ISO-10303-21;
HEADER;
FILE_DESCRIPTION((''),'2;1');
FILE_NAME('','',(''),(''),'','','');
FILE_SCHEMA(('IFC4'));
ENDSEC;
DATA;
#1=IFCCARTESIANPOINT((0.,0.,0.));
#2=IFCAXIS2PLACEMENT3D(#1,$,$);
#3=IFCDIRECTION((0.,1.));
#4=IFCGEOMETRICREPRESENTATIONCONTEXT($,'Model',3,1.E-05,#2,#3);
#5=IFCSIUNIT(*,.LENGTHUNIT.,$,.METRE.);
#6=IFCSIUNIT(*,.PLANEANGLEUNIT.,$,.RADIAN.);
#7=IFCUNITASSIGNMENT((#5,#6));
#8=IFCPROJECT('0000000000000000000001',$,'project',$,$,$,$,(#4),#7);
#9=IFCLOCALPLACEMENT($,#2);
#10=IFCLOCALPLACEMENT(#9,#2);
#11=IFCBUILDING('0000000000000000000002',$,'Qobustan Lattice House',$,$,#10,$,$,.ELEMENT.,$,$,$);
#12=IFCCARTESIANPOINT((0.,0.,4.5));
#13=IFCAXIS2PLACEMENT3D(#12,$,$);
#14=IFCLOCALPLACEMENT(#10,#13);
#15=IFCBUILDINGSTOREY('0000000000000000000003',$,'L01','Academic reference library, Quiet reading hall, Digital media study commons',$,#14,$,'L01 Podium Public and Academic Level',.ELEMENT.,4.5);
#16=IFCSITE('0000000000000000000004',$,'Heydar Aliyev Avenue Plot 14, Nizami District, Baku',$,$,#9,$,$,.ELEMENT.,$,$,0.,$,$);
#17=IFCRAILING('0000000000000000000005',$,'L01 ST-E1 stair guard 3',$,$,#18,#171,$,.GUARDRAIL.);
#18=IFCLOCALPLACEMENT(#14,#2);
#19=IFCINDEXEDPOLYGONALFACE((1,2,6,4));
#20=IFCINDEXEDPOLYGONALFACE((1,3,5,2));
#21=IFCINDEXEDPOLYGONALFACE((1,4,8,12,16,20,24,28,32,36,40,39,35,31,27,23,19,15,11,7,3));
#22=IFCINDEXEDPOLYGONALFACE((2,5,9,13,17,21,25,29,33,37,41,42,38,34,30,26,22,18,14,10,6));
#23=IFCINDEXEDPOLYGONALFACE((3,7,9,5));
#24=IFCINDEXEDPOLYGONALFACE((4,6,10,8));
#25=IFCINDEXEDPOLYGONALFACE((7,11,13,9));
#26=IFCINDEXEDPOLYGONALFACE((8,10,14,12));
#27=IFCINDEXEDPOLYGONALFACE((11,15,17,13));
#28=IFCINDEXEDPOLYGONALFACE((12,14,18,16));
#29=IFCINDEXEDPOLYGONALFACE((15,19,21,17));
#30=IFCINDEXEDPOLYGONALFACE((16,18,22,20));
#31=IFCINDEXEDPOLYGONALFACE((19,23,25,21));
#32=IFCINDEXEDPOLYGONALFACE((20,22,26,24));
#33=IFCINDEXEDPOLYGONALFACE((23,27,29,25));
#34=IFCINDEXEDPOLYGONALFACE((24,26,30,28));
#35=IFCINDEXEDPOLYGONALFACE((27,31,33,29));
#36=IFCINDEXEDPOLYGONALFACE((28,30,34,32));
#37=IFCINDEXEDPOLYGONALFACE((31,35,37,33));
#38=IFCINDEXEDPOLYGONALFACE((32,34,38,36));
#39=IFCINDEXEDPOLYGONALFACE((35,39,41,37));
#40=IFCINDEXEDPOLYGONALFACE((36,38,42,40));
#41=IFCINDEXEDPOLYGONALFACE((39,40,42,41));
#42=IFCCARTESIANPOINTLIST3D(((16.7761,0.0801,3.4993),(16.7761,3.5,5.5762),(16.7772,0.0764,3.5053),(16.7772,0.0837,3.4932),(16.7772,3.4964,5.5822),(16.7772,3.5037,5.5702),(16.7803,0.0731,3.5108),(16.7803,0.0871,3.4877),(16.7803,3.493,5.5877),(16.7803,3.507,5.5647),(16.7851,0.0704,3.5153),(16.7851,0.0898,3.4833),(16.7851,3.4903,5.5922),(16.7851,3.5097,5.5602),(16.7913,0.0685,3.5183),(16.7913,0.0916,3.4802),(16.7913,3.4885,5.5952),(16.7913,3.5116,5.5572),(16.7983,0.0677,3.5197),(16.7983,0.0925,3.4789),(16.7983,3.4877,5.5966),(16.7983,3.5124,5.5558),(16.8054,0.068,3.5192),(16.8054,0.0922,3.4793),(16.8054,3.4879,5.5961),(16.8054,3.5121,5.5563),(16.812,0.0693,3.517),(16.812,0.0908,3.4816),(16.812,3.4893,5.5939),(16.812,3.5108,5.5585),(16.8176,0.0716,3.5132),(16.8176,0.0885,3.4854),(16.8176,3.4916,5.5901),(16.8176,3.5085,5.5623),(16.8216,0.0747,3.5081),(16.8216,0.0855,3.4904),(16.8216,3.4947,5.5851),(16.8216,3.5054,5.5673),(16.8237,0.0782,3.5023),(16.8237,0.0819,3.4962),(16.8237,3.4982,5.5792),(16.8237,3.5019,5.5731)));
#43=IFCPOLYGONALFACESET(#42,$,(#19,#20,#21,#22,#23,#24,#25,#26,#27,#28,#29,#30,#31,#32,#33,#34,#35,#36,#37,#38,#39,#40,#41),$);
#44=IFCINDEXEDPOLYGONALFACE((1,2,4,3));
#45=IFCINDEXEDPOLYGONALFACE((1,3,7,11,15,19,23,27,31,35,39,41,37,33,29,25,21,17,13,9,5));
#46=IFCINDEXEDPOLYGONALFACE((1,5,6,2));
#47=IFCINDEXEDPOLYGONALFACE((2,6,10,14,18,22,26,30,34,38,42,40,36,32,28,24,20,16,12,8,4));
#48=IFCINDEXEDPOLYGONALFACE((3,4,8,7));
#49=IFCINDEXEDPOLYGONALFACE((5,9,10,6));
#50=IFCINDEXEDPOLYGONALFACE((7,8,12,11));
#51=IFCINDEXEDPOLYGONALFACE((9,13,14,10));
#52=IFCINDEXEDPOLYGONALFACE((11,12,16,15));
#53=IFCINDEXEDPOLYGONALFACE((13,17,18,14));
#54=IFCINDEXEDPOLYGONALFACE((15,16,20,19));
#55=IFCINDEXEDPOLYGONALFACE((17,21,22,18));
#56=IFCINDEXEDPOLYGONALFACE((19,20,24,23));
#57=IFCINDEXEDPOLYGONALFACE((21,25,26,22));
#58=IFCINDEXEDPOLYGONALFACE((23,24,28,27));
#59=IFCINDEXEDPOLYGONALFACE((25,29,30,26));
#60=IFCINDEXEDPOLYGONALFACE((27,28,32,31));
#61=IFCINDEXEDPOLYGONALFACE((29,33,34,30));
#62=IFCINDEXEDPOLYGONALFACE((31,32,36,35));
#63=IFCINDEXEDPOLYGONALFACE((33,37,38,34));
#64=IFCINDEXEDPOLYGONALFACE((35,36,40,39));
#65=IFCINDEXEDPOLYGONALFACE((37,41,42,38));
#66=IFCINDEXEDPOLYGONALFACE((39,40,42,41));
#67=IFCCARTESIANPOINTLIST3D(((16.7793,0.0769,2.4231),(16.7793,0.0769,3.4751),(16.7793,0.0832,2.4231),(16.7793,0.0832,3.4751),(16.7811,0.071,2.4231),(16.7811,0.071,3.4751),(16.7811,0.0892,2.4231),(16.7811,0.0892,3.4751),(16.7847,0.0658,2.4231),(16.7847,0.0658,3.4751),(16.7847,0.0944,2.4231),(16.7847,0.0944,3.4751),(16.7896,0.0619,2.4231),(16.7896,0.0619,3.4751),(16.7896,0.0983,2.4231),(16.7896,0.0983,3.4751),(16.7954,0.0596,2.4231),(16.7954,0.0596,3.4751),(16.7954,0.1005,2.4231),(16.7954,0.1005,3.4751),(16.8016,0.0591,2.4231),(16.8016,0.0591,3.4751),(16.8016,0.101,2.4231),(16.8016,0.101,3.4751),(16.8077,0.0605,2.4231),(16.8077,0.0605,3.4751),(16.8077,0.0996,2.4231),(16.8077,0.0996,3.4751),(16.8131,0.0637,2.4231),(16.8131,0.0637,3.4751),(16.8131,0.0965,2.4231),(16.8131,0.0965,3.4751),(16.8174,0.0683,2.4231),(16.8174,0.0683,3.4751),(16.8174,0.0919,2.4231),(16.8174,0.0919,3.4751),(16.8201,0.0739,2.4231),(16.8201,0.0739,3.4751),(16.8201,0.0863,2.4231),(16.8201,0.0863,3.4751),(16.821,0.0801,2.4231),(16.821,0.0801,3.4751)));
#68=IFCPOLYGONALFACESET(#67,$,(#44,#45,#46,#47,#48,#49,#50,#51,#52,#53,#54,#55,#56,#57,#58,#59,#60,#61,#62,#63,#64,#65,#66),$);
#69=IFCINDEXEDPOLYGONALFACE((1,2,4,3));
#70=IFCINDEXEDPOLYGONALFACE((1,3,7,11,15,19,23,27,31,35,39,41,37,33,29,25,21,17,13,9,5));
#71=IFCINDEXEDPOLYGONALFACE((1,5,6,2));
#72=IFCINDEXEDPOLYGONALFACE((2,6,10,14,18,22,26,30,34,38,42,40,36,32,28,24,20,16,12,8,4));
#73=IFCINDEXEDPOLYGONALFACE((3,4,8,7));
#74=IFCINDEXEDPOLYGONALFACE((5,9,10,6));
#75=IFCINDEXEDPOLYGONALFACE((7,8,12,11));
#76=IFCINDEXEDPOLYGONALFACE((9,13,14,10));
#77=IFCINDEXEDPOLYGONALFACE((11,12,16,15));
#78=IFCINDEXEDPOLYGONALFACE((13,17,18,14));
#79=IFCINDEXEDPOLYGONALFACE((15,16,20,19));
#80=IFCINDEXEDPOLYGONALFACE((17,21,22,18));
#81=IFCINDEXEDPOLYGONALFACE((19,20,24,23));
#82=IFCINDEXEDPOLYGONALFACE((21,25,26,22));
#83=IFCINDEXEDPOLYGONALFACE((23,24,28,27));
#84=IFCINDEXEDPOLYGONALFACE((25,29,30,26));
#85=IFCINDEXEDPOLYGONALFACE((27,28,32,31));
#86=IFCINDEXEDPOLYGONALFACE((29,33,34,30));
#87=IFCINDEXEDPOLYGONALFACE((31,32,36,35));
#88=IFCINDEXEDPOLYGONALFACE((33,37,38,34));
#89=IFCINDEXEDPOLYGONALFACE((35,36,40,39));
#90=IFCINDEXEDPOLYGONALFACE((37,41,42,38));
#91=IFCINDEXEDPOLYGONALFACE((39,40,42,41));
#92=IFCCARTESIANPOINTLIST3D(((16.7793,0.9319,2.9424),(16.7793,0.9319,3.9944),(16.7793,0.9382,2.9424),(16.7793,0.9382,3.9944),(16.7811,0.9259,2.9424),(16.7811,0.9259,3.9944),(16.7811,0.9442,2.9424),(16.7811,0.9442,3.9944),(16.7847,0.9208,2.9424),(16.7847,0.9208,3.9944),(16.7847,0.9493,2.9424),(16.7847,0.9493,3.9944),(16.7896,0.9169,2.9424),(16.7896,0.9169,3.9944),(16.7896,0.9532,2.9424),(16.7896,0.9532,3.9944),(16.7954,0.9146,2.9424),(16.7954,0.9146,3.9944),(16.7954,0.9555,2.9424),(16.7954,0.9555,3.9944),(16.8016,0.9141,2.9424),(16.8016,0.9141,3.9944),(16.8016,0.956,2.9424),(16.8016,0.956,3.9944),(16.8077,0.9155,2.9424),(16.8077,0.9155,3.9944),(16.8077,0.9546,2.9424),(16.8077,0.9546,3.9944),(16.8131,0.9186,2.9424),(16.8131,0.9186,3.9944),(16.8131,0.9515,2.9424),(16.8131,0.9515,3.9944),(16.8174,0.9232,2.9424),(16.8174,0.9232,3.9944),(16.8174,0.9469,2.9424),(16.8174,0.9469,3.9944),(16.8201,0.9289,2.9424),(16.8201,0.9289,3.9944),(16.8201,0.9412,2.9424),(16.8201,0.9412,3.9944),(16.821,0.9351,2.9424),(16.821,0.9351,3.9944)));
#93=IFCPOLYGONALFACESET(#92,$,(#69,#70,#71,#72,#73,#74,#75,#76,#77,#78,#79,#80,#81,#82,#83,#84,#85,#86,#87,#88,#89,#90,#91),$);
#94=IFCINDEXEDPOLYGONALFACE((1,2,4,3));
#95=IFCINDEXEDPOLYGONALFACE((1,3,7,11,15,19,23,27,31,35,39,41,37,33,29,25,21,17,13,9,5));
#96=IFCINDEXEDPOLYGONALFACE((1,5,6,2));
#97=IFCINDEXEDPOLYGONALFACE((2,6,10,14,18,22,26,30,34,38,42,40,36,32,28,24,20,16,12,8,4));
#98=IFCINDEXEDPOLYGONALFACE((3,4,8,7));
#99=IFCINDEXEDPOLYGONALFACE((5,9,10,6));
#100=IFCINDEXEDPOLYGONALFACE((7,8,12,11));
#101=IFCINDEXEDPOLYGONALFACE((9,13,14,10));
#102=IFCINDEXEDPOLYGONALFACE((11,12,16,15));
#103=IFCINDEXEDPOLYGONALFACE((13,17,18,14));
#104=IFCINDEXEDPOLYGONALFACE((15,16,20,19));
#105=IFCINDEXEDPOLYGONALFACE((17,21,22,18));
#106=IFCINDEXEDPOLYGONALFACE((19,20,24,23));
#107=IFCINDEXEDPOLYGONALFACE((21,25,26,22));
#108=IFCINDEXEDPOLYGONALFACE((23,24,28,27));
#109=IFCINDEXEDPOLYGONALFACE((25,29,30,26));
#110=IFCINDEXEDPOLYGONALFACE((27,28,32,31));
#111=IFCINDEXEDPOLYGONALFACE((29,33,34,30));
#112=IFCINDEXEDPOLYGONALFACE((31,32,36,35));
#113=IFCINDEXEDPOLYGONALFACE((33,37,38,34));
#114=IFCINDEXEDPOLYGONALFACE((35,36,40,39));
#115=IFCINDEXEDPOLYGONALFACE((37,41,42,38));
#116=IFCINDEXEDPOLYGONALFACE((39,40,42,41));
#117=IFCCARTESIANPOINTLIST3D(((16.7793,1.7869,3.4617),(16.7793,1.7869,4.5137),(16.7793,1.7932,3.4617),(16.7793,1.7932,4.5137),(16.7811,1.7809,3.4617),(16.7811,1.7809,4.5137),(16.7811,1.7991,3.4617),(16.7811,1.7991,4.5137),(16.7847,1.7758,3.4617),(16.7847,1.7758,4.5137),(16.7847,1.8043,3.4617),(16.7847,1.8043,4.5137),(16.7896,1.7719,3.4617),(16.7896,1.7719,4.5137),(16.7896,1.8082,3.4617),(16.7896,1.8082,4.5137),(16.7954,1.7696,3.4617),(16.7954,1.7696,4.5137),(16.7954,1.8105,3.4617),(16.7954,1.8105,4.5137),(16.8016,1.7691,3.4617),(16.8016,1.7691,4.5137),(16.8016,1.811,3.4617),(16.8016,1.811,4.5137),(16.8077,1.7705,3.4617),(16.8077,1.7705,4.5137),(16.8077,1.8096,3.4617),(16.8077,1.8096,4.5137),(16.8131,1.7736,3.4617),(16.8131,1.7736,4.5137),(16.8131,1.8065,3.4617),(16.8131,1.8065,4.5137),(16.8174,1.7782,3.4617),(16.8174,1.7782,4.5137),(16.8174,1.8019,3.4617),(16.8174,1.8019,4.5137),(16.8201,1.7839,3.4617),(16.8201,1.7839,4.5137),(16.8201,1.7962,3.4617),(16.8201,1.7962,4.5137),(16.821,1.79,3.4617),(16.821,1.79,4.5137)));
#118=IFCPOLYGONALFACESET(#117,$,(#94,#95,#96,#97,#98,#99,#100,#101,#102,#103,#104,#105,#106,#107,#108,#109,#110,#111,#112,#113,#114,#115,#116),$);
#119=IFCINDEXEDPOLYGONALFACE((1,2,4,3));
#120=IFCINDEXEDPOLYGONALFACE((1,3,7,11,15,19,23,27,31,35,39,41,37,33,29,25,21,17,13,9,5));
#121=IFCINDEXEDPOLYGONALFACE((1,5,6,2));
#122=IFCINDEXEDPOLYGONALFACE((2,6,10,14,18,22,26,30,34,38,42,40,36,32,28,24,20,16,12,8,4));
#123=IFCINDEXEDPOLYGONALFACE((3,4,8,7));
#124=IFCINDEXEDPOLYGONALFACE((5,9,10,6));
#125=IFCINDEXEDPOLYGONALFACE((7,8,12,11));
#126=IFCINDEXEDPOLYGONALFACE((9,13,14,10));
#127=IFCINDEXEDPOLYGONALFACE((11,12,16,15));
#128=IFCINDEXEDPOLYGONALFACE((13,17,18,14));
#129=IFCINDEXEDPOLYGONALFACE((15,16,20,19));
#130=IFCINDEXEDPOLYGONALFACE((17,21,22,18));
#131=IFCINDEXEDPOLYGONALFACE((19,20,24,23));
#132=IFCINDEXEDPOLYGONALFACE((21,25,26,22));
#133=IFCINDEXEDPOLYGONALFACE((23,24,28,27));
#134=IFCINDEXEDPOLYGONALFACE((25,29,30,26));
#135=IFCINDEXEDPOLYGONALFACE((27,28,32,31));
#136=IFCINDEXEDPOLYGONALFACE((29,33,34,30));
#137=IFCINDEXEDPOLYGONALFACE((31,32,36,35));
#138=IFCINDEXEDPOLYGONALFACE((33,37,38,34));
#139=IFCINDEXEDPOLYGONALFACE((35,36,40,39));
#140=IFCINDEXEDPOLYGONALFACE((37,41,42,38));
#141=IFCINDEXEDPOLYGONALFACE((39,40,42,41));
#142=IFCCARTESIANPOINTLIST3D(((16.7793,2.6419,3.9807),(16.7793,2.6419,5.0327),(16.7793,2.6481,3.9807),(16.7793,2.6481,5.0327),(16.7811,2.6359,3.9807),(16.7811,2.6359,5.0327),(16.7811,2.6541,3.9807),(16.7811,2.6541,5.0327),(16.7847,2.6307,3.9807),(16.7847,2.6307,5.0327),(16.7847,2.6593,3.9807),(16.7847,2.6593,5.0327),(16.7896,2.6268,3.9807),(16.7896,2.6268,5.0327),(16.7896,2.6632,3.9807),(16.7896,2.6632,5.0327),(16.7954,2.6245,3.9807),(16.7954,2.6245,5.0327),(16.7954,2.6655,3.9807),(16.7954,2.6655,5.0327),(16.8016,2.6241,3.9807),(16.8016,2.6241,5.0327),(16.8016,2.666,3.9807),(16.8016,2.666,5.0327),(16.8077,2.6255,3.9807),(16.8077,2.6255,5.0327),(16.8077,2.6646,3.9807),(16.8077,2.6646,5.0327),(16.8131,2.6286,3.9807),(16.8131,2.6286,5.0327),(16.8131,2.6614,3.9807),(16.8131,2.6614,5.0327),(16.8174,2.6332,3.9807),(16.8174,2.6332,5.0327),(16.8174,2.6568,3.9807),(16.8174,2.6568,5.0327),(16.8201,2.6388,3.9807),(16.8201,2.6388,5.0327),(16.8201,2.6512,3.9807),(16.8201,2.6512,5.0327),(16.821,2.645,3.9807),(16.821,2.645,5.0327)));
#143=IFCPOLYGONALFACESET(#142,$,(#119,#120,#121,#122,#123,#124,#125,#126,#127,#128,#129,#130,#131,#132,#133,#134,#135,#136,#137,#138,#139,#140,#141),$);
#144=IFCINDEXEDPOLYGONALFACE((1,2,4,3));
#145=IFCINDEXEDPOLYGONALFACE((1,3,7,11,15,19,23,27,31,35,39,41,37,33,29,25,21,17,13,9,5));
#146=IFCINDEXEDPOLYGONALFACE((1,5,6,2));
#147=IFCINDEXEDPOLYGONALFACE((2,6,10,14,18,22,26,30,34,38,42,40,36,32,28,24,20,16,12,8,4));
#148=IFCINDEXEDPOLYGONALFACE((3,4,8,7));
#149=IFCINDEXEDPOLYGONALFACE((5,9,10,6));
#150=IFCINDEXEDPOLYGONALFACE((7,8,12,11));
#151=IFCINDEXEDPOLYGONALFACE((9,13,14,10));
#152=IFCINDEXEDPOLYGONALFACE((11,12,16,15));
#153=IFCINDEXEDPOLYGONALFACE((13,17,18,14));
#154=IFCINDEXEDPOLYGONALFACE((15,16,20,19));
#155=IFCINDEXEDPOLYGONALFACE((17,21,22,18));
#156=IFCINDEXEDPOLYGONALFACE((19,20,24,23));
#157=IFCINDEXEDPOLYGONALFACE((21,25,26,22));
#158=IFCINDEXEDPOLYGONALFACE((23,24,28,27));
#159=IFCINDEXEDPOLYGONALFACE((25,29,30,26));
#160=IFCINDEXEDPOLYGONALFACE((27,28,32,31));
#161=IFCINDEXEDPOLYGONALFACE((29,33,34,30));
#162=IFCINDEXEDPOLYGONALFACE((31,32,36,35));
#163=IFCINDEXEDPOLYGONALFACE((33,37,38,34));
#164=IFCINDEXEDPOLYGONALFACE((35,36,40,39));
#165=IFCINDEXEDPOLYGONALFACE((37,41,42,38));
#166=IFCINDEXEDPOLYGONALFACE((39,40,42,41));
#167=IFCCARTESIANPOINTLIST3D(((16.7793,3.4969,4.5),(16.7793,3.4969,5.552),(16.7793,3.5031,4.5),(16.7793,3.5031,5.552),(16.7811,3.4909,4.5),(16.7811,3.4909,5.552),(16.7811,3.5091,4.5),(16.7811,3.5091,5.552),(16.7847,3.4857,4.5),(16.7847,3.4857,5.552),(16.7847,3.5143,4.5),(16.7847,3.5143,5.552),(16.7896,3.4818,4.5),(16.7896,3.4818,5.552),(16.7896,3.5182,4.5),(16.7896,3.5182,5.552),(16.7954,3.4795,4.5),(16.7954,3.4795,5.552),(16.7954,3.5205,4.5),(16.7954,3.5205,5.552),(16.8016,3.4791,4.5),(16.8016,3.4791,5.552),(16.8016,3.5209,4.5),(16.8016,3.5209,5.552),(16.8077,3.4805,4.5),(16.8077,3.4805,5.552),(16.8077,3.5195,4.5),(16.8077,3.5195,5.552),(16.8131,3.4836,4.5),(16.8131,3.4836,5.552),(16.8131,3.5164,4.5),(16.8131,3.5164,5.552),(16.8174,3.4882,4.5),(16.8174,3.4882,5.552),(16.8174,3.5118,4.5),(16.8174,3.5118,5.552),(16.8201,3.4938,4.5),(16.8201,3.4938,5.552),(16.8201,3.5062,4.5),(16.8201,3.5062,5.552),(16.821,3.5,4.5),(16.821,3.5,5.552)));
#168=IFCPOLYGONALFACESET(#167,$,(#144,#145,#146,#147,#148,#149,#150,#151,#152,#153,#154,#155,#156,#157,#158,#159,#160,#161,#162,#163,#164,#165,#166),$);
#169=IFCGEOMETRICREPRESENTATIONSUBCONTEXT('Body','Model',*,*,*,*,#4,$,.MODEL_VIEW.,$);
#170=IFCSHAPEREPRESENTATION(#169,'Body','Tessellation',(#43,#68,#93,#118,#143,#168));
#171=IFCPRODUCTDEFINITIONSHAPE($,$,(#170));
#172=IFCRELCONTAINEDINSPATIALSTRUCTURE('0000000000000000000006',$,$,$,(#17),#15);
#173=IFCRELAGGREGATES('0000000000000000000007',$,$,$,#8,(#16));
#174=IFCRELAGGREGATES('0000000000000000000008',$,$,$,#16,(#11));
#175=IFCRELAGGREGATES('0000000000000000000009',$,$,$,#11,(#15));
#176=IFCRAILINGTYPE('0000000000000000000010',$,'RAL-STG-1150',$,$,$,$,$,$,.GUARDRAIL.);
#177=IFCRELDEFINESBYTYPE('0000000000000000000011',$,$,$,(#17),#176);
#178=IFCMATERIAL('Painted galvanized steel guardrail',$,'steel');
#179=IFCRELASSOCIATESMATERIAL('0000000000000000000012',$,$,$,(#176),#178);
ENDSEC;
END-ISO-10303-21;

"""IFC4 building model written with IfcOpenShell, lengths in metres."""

from ifc_helpers import new_model, si_unit, direction, frame, origin, origin_2d, place, context, subcontext, project, spatial, circle, extrude, material, type_object, element, save


model = new_model("IFC4")

# Units and contexts
model_context = context("Model", 3, precision=1e-05, world=origin(), true_north=direction((0.0, 1.0)))
body_context = subcontext(model_context, "Body", "Model", "MODEL_VIEW")
ifc_project = project(units=[si_unit("LENGTHUNIT", "METRE"), si_unit("PLANEANGLEUNIT", "RADIAN")], contexts=[model_context])

# Site, building, storey
site_placement = place(None, origin())
site = spatial("IfcSite", under=ifc_project, at=site_placement, Name="Heydar Aliyev Avenue Plot 14, Nizami District, Baku", CompositionType="ELEMENT", RefElevation=0.0)
building_placement = place(site_placement, origin())
building = spatial("IfcBuilding", under=site, at=building_placement, Name="Qobustan Lattice House", CompositionType="ELEMENT")
storey_placement = place(building_placement, frame((0.0, 0.0, 4.5)))
storey = spatial("IfcBuildingStorey", under=building, at=storey_placement, Name="L01", Description="Academic reference library, Quiet reading hall, Digital media study commons", LongName="L01 Podium Public and Academic Level", CompositionType="ELEMENT", Elevation=4.5)

# Railing
ifc_material_1 = material(Name="Painted galvanized steel guardrail", Category="steel")
railing_type_1 = type_object("IfcRailingType", Name="RAL-STG-1150", PredefinedType="GUARDRAIL", material=ifc_material_1)
railing_1_placement = place(storey_placement, frame((16.8, 0.0801, 2.4231)))
element("IfcRailing", 1, at=railing_1_placement, inside=storey, type_object=railing_type_1, Name="L01 ST-E1 stair guard 3", PredefinedType="GUARDRAIL", context=body_context, shape_type="SweptSolid", body=[
    extrude(circle(Radius=0.0239, at=origin_2d()), frame((0.0, 0.0, 1.0762), z_axis=(0.0, 0.85473, 0.519074), x_axis=(-1.0, 0.0, 0.0)), (0.0, 0.0, 1.0), 4.0012),
    extrude(circle(Radius=0.021, at=origin_2d()), origin(), (0.0, 0.0, 1.0), 1.052),
    extrude(circle(Radius=0.021, at=origin_2d()), frame((0.0, 0.855, 0.5193)), (0.0, 0.0, 1.0), 1.052),
    extrude(circle(Radius=0.021, at=origin_2d()), frame((0.0, 1.71, 1.0386)), (0.0, 0.0, 1.0), 1.052),
    extrude(circle(Radius=0.021, at=origin_2d()), frame((0.0, 2.5649, 1.5576)), (0.0, 0.0, 1.0), 1.052),
    extrude(circle(Radius=0.021, at=origin_2d()), frame((0.0, 3.4199, 2.0769)), (0.0, 0.0, 1.0), 1.052),
])

save(model, "model.ifc")
